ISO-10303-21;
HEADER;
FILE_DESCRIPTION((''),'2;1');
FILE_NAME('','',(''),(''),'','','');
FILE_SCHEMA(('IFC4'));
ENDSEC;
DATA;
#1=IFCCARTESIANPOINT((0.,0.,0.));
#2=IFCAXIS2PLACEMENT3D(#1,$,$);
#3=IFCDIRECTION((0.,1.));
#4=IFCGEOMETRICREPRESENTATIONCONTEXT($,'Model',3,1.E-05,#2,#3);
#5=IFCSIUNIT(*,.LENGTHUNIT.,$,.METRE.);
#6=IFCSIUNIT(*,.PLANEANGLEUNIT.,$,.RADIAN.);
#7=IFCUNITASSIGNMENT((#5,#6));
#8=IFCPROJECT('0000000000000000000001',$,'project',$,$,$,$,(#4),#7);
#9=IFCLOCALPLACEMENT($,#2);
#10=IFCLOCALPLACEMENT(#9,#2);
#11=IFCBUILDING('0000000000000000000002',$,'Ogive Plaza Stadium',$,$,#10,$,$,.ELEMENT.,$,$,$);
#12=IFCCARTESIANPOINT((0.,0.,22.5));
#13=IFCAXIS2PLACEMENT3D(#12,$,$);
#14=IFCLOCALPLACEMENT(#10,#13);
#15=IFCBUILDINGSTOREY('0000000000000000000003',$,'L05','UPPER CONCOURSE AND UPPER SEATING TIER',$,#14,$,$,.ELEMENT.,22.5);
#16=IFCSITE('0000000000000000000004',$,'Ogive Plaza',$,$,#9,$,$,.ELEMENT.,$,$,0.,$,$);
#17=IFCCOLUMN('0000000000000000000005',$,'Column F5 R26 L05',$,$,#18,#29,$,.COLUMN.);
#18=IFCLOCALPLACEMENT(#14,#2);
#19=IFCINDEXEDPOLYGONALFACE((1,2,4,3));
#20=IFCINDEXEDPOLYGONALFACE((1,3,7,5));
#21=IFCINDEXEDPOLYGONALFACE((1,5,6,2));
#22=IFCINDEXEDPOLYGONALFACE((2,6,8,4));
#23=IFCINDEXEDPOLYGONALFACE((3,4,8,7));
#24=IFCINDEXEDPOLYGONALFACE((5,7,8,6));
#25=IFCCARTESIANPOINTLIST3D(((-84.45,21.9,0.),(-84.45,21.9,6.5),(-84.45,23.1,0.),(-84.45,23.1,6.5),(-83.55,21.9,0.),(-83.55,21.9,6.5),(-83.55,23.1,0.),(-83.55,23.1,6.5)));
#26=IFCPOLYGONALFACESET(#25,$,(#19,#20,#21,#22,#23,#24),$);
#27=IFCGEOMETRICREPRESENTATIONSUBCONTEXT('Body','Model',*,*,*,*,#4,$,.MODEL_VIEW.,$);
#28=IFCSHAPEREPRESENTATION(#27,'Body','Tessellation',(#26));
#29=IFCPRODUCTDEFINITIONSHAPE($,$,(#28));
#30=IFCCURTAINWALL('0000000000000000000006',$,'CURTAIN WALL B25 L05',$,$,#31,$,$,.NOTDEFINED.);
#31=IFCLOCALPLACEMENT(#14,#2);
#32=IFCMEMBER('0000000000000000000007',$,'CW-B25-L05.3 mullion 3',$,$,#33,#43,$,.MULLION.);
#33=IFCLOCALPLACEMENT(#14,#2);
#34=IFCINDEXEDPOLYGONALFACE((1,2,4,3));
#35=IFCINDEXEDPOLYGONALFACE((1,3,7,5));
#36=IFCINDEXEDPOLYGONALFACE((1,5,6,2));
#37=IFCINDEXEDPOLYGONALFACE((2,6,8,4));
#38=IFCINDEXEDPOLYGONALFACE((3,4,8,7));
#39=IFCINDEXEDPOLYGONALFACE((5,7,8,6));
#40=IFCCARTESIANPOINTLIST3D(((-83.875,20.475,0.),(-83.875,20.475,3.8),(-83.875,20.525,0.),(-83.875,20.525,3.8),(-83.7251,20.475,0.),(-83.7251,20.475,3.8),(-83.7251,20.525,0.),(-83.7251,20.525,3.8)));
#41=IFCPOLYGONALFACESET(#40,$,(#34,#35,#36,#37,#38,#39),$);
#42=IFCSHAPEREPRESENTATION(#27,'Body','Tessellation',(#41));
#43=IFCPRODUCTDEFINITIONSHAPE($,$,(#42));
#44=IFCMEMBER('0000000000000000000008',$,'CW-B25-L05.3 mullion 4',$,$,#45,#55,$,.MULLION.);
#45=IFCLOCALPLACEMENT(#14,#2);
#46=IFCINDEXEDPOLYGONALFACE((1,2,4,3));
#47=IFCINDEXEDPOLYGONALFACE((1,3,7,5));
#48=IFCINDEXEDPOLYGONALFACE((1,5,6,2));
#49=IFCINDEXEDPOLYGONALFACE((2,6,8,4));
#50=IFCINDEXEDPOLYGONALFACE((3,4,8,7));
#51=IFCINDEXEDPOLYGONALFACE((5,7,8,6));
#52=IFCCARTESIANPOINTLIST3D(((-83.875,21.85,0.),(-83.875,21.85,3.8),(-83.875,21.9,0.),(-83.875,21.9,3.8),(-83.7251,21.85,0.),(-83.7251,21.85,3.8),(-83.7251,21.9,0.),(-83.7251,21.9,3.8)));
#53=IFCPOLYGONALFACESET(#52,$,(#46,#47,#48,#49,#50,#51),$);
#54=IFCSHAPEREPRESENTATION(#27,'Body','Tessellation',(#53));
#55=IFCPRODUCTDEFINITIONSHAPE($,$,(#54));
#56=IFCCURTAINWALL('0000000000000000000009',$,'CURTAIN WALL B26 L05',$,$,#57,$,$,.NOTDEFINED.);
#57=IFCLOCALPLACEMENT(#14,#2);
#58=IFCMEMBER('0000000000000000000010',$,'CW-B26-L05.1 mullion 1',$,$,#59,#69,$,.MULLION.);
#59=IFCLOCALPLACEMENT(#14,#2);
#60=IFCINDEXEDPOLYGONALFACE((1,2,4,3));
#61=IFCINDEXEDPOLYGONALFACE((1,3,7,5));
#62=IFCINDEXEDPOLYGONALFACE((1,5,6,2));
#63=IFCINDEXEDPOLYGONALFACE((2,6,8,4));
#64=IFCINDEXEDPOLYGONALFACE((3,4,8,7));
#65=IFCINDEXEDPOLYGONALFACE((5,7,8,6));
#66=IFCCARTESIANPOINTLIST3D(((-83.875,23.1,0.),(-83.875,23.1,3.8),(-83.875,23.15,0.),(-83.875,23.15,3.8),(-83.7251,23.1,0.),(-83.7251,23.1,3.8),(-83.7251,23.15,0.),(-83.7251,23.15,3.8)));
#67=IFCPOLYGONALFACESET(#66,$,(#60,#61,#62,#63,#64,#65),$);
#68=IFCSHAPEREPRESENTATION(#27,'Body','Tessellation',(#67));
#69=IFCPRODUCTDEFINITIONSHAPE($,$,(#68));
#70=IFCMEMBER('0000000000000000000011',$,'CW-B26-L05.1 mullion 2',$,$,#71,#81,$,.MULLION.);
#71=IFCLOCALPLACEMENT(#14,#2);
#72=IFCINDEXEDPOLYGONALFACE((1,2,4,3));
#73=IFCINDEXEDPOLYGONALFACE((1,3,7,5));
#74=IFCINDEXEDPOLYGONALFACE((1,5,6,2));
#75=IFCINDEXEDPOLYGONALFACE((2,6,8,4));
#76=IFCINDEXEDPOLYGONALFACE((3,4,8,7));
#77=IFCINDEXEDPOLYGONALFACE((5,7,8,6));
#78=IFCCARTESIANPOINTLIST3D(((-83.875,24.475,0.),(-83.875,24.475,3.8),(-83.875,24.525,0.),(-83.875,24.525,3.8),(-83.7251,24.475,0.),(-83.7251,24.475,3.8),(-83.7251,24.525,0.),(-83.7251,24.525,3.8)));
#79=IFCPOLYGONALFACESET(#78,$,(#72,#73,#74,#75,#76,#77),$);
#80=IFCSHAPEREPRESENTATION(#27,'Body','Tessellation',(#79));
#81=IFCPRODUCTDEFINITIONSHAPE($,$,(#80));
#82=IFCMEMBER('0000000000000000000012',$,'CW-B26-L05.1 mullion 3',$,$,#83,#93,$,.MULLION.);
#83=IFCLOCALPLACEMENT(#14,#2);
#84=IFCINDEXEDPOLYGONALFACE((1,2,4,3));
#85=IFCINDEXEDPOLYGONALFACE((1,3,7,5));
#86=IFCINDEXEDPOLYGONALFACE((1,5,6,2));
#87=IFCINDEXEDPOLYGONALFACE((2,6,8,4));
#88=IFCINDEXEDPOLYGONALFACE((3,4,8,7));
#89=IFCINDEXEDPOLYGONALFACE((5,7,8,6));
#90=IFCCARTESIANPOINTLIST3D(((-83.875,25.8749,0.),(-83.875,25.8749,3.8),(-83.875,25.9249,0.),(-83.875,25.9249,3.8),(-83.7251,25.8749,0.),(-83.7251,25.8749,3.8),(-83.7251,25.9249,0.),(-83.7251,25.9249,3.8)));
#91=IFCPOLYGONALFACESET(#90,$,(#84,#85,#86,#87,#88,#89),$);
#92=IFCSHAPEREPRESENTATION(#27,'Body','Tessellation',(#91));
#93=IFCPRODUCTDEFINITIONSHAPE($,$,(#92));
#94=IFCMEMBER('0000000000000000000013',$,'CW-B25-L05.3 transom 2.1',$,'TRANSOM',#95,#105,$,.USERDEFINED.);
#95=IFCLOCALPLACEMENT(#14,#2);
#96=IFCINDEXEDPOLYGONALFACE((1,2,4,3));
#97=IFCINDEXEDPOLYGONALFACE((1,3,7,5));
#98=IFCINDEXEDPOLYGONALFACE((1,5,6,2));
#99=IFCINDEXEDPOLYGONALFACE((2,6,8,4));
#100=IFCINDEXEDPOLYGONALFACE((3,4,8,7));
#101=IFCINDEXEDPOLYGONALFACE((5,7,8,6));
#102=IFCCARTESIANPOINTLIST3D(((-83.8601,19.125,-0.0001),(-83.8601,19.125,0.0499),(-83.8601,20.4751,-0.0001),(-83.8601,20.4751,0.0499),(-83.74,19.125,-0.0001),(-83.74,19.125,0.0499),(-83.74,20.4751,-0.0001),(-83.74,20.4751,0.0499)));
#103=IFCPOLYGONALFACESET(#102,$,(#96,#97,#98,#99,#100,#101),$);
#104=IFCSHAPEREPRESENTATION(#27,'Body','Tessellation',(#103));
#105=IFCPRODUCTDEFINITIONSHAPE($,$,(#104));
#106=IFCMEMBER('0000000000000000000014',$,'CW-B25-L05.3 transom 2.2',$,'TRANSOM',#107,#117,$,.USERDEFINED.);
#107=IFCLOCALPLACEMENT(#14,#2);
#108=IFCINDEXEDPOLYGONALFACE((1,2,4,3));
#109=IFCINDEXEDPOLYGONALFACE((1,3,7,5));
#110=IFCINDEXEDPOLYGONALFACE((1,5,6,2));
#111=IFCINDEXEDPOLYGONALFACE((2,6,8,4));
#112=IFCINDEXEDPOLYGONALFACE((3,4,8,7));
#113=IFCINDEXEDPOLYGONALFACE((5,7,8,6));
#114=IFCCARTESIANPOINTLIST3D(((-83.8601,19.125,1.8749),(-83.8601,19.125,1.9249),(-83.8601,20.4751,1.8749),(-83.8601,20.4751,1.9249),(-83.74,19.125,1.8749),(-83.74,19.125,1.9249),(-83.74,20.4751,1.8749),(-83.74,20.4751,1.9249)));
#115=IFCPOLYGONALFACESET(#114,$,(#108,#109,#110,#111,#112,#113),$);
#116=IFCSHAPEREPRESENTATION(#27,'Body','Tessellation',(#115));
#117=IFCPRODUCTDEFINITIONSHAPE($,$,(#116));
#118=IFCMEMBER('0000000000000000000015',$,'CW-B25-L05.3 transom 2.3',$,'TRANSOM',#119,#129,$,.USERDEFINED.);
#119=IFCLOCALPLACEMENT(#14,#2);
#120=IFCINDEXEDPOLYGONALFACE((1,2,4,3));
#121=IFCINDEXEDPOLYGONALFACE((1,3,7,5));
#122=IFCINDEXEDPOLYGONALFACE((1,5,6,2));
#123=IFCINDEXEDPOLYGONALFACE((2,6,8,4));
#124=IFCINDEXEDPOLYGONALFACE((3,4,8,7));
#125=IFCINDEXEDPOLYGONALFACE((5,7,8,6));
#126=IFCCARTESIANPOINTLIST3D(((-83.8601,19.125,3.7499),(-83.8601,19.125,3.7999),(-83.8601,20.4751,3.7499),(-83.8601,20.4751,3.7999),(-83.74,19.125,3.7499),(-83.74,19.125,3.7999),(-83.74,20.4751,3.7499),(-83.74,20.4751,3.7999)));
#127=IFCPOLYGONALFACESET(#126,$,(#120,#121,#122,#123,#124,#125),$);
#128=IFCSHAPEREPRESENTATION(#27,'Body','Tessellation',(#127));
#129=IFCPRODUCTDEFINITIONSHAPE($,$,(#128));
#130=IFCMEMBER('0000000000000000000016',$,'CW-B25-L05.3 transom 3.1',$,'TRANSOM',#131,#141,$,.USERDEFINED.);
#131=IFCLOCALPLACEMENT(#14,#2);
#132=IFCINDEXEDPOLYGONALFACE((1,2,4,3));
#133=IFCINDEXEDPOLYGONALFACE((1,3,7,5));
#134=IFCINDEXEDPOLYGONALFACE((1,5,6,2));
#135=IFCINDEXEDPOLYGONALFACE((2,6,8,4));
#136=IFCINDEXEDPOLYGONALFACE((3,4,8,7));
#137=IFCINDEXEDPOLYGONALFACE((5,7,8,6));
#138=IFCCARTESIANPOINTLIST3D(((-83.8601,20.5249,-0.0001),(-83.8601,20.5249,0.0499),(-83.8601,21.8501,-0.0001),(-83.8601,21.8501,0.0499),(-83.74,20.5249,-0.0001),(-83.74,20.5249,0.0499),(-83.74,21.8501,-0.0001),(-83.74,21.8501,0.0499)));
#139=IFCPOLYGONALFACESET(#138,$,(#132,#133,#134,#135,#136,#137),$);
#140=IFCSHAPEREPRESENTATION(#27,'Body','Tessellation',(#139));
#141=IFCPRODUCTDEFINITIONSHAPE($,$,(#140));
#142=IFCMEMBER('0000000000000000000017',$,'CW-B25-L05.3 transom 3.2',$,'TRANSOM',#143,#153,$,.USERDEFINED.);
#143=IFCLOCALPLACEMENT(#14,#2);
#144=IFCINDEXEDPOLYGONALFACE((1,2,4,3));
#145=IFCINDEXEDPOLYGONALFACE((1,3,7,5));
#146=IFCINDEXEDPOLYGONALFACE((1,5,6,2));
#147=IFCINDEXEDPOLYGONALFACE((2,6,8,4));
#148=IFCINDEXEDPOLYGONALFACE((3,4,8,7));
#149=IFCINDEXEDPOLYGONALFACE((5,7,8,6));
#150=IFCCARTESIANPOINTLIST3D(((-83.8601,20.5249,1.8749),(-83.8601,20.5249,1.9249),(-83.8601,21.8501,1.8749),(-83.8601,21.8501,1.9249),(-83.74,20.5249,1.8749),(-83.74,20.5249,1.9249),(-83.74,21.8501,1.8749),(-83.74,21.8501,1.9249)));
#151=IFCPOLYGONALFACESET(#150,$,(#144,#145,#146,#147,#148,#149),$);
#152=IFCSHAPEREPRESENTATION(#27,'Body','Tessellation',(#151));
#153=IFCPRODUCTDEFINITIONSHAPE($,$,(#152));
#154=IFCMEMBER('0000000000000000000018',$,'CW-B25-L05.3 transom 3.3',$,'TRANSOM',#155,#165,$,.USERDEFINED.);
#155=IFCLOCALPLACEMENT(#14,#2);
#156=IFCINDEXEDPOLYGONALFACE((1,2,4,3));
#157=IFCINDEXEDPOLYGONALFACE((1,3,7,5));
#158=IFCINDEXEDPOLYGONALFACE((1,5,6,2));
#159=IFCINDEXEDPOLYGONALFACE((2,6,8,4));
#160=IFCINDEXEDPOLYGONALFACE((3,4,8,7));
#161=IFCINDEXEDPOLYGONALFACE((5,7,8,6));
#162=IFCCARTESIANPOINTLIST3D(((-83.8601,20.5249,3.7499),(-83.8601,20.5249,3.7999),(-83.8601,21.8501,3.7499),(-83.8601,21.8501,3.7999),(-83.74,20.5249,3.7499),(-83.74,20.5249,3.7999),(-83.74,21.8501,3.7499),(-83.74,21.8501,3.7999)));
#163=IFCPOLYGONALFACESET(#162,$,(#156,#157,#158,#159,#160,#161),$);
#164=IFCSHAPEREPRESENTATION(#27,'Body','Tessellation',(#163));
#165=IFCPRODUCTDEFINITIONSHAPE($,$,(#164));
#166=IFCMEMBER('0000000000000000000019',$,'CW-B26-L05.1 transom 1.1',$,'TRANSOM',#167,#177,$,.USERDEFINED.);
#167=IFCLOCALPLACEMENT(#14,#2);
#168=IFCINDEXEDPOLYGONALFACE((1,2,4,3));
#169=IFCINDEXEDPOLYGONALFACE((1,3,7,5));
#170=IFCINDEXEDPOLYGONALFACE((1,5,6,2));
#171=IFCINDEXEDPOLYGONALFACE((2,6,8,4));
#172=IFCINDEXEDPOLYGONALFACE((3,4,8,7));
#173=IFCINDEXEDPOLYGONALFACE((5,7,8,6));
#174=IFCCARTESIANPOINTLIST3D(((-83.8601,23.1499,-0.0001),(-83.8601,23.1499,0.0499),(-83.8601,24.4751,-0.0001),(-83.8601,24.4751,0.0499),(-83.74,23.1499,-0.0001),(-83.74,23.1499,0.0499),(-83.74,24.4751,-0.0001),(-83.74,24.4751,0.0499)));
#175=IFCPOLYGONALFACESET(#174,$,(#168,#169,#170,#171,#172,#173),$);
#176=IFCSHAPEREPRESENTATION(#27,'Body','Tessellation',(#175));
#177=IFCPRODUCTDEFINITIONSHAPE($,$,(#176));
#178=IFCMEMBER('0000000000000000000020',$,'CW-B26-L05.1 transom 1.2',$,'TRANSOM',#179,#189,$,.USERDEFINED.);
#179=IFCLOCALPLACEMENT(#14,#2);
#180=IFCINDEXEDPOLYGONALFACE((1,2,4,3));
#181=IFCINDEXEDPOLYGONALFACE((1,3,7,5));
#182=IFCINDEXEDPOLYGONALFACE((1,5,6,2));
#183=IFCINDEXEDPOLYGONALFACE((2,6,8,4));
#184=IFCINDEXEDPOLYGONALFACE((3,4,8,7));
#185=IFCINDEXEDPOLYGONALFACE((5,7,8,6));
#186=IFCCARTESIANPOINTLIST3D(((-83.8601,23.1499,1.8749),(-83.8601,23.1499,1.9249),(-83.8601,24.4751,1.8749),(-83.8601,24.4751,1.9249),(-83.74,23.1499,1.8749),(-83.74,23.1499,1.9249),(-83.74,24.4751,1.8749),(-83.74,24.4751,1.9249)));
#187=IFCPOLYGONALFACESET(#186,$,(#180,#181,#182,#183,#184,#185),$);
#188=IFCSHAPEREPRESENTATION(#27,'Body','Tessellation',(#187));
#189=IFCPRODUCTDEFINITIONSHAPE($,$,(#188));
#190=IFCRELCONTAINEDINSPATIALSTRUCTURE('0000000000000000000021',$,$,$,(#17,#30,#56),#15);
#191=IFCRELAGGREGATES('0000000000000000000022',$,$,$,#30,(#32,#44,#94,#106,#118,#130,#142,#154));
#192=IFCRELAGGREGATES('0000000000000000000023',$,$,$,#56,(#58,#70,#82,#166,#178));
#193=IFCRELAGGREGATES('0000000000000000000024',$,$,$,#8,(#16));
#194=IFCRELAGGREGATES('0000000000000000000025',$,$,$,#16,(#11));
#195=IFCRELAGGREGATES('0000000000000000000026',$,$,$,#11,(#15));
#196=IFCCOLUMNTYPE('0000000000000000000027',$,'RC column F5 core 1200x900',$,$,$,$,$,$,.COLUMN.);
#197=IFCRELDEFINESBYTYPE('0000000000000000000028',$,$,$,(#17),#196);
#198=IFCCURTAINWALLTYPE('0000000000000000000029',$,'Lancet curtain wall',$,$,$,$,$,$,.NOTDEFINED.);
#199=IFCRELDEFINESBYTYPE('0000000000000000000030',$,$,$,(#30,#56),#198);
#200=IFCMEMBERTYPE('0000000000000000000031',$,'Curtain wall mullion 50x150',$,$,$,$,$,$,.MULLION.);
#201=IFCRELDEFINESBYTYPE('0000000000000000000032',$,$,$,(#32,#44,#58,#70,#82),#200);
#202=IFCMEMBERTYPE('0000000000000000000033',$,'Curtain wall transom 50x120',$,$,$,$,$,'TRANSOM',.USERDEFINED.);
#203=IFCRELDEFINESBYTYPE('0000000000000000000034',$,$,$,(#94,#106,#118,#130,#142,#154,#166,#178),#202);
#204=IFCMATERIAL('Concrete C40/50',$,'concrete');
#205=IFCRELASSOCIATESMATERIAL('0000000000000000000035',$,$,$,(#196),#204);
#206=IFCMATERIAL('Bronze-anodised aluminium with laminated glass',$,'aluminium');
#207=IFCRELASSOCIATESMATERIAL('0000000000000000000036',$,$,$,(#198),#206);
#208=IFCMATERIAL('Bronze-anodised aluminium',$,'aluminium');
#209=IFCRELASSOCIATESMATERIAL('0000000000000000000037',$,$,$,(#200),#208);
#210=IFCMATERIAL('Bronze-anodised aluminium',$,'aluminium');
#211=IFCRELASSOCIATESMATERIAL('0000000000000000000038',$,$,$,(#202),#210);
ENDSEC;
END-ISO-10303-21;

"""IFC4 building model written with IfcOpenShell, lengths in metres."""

from ifc_helpers import new_model, si_unit, direction, frame, origin, origin_2d, place, context, subcontext, project, spatial, rectangle, extrude, material, material_profile, profile_set, type_object, element, aggregate, save


model = new_model("IFC4")

# Units and contexts
model_context = context("Model", 3, precision=1e-05, world=origin(), true_north=direction((0.0, 1.0)))
body_context = subcontext(model_context, "Body", "Model", "MODEL_VIEW")
ifc_project = project(units=[si_unit("LENGTHUNIT", "METRE"), si_unit("PLANEANGLEUNIT", "RADIAN")], contexts=[model_context])

# Site, building, storey
site_placement = place(None, origin())
site = spatial("IfcSite", under=ifc_project, at=site_placement, Name="Ogive Plaza", CompositionType="ELEMENT", RefElevation=0.0)
building_placement = place(site_placement, origin())
building = spatial("IfcBuilding", under=site, at=building_placement, Name="Ogive Plaza Stadium", CompositionType="ELEMENT")
storey_placement = place(building_placement, frame((0.0, 0.0, 22.5)))
storey = spatial("IfcBuildingStorey", under=building, at=storey_placement, Name="L05", Description="UPPER CONCOURSE AND UPPER SEATING TIER", CompositionType="ELEMENT", Elevation=22.5)

# Column
ifc_material_1 = material(Name="Concrete C40/50", Category="concrete")
ifc_material_profile_1 = material_profile(ifc_material_1, rectangle(XDim=1.2, YDim=0.8999, at=origin_2d()), Name="RC 1200x900")
ifc_profile_set_1 = profile_set([ifc_material_profile_1], Name="Concrete C40/50")
column_type = type_object("IfcColumnType", Name="RC column F5 core 1200x900", PredefinedType="COLUMN", material=ifc_profile_set_1)
column_placement = place(storey_placement, frame((-84.0, 22.5, 0.0), z_axis=(0.0, 0.0, 1.0), x_axis=(0.0, -1.0, 0.0)))
element("IfcColumn", 1, at=column_placement, inside=storey, type_object=column_type, Name="Column F5 R26 L05", PredefinedType="COLUMN", context=body_context, shape_type="SweptSolid", body=[
    extrude(rectangle(XDim=1.2, YDim=0.8999, at=origin_2d()), origin(), (0.0, 0.0, 1.0), 6.5),
])

# Curtain walls, members
ifc_material_2 = material(Name="Bronze-anodised aluminium with laminated glass", Category="aluminium")
curtain_wall_type = type_object("IfcCurtainWallType", Name="Lancet curtain wall", PredefinedType="NOTDEFINED", material=ifc_material_2)
curtain_wall_1_placement = place(storey_placement, origin())
curtain_wall_1 = element("IfcCurtainWall", 2, at=curtain_wall_1_placement, inside=storey, type_object=curtain_wall_type, Name="CURTAIN WALL B25 L05", PredefinedType="NOTDEFINED")
ifc_material_3 = material(Name="Bronze-anodised aluminium", Category="aluminium")
ifc_material_profile_2 = material_profile(ifc_material_3, rectangle(XDim=0.1499, YDim=0.05, at=origin_2d()), Name="AL 150x50")
ifc_profile_set_2 = profile_set([ifc_material_profile_2], Name="Bronze-anodised aluminium")
member_type_1 = type_object("IfcMemberType", Name="Curtain wall mullion 50x150", PredefinedType="MULLION", material=ifc_profile_set_2)
member_1_placement = place(storey_placement, frame((-83.8, 20.5, 0.0), z_axis=(0.0, 0.0, 1.0), x_axis=(-1.0, 0.0, 0.0)))
member_1 = element("IfcMember", 3, at=member_1_placement, type_object=member_type_1, Name="CW-B25-L05.3 mullion 3", PredefinedType="MULLION", context=body_context, shape_type="SweptSolid", body=[
    extrude(rectangle(XDim=0.1499, YDim=0.05, at=origin_2d()), origin(), (0.0, 0.0, 1.0), 3.8),
])
member_2_placement = place(storey_placement, frame((-83.8, 21.875, 0.0), z_axis=(0.0, 0.0, 1.0), x_axis=(-1.0, 0.0, 0.0)))
member_2 = element("IfcMember", 4, at=member_2_placement, type_object=member_type_1, Name="CW-B25-L05.3 mullion 4", PredefinedType="MULLION", context=body_context, shape_type="SweptSolid", body=[
    extrude(rectangle(XDim=0.1499, YDim=0.05, at=origin_2d()), origin(), (0.0, 0.0, 1.0), 3.8),
])
curtain_wall_2_placement = place(storey_placement, origin())
curtain_wall_2 = element("IfcCurtainWall", 5, at=curtain_wall_2_placement, inside=storey, type_object=curtain_wall_type, Name="CURTAIN WALL B26 L05", PredefinedType="NOTDEFINED")
member_3_placement = place(storey_placement, frame((-83.8, 23.125, 0.0), z_axis=(0.0, 0.0, 1.0), x_axis=(-1.0, 0.0, 0.0)))
member_3 = element("IfcMember", 6, at=member_3_placement, type_object=member_type_1, Name="CW-B26-L05.1 mullion 1", PredefinedType="MULLION", context=body_context, shape_type="SweptSolid", body=[
    extrude(rectangle(XDim=0.1499, YDim=0.05, at=origin_2d()), origin(), (0.0, 0.0, 1.0), 3.8),
])
member_4_placement = place(storey_placement, frame((-83.8, 24.5, 0.0), z_axis=(0.0, 0.0, 1.0), x_axis=(-1.0, 0.0, 0.0)))
member_4 = element("IfcMember", 7, at=member_4_placement, type_object=member_type_1, Name="CW-B26-L05.1 mullion 2", PredefinedType="MULLION", context=body_context, shape_type="SweptSolid", body=[
    extrude(rectangle(XDim=0.1499, YDim=0.05, at=origin_2d()), origin(), (0.0, 0.0, 1.0), 3.8),
])
member_5_placement = place(storey_placement, frame((-83.8, 25.8999, 0.0), z_axis=(0.0, 0.0, 1.0), x_axis=(-1.0, 0.0, 0.0)))
member_5 = element("IfcMember", 8, at=member_5_placement, type_object=member_type_1, Name="CW-B26-L05.1 mullion 3", PredefinedType="MULLION", context=body_context, shape_type="SweptSolid", body=[
    extrude(rectangle(XDim=0.1499, YDim=0.05, at=origin_2d()), origin(), (0.0, 0.0, 1.0), 3.8),
])

# Members
ifc_material_4 = material(Name="Bronze-anodised aluminium", Category="aluminium")
ifc_material_profile_3 = material_profile(ifc_material_4, rectangle(XDim=0.1201, YDim=0.05, at=origin_2d()), Name="AL 120x50")
ifc_profile_set_3 = profile_set([ifc_material_profile_3], Name="Bronze-anodised aluminium")
member_type_2 = type_object("IfcMemberType", Name="Curtain wall transom 50x120", ElementType="TRANSOM", PredefinedType="USERDEFINED", material=ifc_profile_set_3)
member_6_placement = place(storey_placement, frame((-83.8, 19.125, 0.0249), z_axis=(0.0, 1.0, 0.0), x_axis=(-1.0, 0.0, 0.0)))
member_6 = element("IfcMember", 9, at=member_6_placement, type_object=member_type_2, Name="CW-B25-L05.3 transom 2.1", ObjectType="TRANSOM", PredefinedType="USERDEFINED", context=body_context, shape_type="SweptSolid", body=[
    extrude(rectangle(XDim=0.1201, YDim=0.05, at=origin_2d()), origin(), (0.0, 0.0, 1.0), 1.3501),
])
member_7_placement = place(storey_placement, frame((-83.8, 19.125, 1.8999), z_axis=(0.0, 1.0, 0.0), x_axis=(-1.0, 0.0, 0.0)))
member_7 = element("IfcMember", 10, at=member_7_placement, type_object=member_type_2, Name="CW-B25-L05.3 transom 2.2", ObjectType="TRANSOM", PredefinedType="USERDEFINED", context=body_context, shape_type="SweptSolid", body=[
    extrude(rectangle(XDim=0.1201, YDim=0.05, at=origin_2d()), origin(), (0.0, 0.0, 1.0), 1.3501),
])
member_8_placement = place(storey_placement, frame((-83.8, 19.125, 3.7749), z_axis=(0.0, 1.0, 0.0), x_axis=(-1.0, 0.0, 0.0)))
member_8 = element("IfcMember", 11, at=member_8_placement, type_object=member_type_2, Name="CW-B25-L05.3 transom 2.3", ObjectType="TRANSOM", PredefinedType="USERDEFINED", context=body_context, shape_type="SweptSolid", body=[
    extrude(rectangle(XDim=0.1201, YDim=0.05, at=origin_2d()), origin(), (0.0, 0.0, 1.0), 1.3501),
])
member_9_placement = place(storey_placement, frame((-83.8, 20.5249, 0.0249), z_axis=(0.0, 1.0, 0.0), x_axis=(-1.0, 0.0, 0.0)))
member_9 = element("IfcMember", 12, at=member_9_placement, type_object=member_type_2, Name="CW-B25-L05.3 transom 3.1", ObjectType="TRANSOM", PredefinedType="USERDEFINED", context=body_context, shape_type="SweptSolid", body=[
    extrude(rectangle(XDim=0.1201, YDim=0.05, at=origin_2d()), origin(), (0.0, 0.0, 1.0), 1.3252),
])
member_10_placement = place(storey_placement, frame((-83.8, 20.5249, 1.8999), z_axis=(0.0, 1.0, 0.0), x_axis=(-1.0, 0.0, 0.0)))
member_10 = element("IfcMember", 13, at=member_10_placement, type_object=member_type_2, Name="CW-B25-L05.3 transom 3.2", ObjectType="TRANSOM", PredefinedType="USERDEFINED", context=body_context, shape_type="SweptSolid", body=[
    extrude(rectangle(XDim=0.1201, YDim=0.05, at=origin_2d()), origin(), (0.0, 0.0, 1.0), 1.3252),
])
member_11_placement = place(storey_placement, frame((-83.8, 20.5249, 3.7749), z_axis=(0.0, 1.0, 0.0), x_axis=(-1.0, 0.0, 0.0)))
member_11 = element("IfcMember", 14, at=member_11_placement, type_object=member_type_2, Name="CW-B25-L05.3 transom 3.3", ObjectType="TRANSOM", PredefinedType="USERDEFINED", context=body_context, shape_type="SweptSolid", body=[
    extrude(rectangle(XDim=0.1201, YDim=0.05, at=origin_2d()), origin(), (0.0, 0.0, 1.0), 1.3252),
])
member_12_placement = place(storey_placement, frame((-83.8, 23.1499, 0.0249), z_axis=(0.0, 1.0, 0.0), x_axis=(-1.0, 0.0, 0.0)))
member_12 = element("IfcMember", 15, at=member_12_placement, type_object=member_type_2, Name="CW-B26-L05.1 transom 1.1", ObjectType="TRANSOM", PredefinedType="USERDEFINED", context=body_context, shape_type="SweptSolid", body=[
    extrude(rectangle(XDim=0.1201, YDim=0.05, at=origin_2d()), origin(), (0.0, 0.0, 1.0), 1.3252),
])
member_13_placement = place(storey_placement, frame((-83.8, 23.1499, 1.8999), z_axis=(0.0, 1.0, 0.0), x_axis=(-1.0, 0.0, 0.0)))
member_13 = element("IfcMember", 16, at=member_13_placement, type_object=member_type_2, Name="CW-B26-L05.1 transom 1.2", ObjectType="TRANSOM", PredefinedType="USERDEFINED", context=body_context, shape_type="SweptSolid", body=[
    extrude(rectangle(XDim=0.1201, YDim=0.05, at=origin_2d()), origin(), (0.0, 0.0, 1.0), 1.3252),
])

aggregate(curtain_wall_1, [member_1, member_2, member_6, member_7, member_8, member_9, member_10, member_11])
aggregate(curtain_wall_2, [member_3, member_4, member_5, member_12, member_13])

save(model, "model.ifc")
